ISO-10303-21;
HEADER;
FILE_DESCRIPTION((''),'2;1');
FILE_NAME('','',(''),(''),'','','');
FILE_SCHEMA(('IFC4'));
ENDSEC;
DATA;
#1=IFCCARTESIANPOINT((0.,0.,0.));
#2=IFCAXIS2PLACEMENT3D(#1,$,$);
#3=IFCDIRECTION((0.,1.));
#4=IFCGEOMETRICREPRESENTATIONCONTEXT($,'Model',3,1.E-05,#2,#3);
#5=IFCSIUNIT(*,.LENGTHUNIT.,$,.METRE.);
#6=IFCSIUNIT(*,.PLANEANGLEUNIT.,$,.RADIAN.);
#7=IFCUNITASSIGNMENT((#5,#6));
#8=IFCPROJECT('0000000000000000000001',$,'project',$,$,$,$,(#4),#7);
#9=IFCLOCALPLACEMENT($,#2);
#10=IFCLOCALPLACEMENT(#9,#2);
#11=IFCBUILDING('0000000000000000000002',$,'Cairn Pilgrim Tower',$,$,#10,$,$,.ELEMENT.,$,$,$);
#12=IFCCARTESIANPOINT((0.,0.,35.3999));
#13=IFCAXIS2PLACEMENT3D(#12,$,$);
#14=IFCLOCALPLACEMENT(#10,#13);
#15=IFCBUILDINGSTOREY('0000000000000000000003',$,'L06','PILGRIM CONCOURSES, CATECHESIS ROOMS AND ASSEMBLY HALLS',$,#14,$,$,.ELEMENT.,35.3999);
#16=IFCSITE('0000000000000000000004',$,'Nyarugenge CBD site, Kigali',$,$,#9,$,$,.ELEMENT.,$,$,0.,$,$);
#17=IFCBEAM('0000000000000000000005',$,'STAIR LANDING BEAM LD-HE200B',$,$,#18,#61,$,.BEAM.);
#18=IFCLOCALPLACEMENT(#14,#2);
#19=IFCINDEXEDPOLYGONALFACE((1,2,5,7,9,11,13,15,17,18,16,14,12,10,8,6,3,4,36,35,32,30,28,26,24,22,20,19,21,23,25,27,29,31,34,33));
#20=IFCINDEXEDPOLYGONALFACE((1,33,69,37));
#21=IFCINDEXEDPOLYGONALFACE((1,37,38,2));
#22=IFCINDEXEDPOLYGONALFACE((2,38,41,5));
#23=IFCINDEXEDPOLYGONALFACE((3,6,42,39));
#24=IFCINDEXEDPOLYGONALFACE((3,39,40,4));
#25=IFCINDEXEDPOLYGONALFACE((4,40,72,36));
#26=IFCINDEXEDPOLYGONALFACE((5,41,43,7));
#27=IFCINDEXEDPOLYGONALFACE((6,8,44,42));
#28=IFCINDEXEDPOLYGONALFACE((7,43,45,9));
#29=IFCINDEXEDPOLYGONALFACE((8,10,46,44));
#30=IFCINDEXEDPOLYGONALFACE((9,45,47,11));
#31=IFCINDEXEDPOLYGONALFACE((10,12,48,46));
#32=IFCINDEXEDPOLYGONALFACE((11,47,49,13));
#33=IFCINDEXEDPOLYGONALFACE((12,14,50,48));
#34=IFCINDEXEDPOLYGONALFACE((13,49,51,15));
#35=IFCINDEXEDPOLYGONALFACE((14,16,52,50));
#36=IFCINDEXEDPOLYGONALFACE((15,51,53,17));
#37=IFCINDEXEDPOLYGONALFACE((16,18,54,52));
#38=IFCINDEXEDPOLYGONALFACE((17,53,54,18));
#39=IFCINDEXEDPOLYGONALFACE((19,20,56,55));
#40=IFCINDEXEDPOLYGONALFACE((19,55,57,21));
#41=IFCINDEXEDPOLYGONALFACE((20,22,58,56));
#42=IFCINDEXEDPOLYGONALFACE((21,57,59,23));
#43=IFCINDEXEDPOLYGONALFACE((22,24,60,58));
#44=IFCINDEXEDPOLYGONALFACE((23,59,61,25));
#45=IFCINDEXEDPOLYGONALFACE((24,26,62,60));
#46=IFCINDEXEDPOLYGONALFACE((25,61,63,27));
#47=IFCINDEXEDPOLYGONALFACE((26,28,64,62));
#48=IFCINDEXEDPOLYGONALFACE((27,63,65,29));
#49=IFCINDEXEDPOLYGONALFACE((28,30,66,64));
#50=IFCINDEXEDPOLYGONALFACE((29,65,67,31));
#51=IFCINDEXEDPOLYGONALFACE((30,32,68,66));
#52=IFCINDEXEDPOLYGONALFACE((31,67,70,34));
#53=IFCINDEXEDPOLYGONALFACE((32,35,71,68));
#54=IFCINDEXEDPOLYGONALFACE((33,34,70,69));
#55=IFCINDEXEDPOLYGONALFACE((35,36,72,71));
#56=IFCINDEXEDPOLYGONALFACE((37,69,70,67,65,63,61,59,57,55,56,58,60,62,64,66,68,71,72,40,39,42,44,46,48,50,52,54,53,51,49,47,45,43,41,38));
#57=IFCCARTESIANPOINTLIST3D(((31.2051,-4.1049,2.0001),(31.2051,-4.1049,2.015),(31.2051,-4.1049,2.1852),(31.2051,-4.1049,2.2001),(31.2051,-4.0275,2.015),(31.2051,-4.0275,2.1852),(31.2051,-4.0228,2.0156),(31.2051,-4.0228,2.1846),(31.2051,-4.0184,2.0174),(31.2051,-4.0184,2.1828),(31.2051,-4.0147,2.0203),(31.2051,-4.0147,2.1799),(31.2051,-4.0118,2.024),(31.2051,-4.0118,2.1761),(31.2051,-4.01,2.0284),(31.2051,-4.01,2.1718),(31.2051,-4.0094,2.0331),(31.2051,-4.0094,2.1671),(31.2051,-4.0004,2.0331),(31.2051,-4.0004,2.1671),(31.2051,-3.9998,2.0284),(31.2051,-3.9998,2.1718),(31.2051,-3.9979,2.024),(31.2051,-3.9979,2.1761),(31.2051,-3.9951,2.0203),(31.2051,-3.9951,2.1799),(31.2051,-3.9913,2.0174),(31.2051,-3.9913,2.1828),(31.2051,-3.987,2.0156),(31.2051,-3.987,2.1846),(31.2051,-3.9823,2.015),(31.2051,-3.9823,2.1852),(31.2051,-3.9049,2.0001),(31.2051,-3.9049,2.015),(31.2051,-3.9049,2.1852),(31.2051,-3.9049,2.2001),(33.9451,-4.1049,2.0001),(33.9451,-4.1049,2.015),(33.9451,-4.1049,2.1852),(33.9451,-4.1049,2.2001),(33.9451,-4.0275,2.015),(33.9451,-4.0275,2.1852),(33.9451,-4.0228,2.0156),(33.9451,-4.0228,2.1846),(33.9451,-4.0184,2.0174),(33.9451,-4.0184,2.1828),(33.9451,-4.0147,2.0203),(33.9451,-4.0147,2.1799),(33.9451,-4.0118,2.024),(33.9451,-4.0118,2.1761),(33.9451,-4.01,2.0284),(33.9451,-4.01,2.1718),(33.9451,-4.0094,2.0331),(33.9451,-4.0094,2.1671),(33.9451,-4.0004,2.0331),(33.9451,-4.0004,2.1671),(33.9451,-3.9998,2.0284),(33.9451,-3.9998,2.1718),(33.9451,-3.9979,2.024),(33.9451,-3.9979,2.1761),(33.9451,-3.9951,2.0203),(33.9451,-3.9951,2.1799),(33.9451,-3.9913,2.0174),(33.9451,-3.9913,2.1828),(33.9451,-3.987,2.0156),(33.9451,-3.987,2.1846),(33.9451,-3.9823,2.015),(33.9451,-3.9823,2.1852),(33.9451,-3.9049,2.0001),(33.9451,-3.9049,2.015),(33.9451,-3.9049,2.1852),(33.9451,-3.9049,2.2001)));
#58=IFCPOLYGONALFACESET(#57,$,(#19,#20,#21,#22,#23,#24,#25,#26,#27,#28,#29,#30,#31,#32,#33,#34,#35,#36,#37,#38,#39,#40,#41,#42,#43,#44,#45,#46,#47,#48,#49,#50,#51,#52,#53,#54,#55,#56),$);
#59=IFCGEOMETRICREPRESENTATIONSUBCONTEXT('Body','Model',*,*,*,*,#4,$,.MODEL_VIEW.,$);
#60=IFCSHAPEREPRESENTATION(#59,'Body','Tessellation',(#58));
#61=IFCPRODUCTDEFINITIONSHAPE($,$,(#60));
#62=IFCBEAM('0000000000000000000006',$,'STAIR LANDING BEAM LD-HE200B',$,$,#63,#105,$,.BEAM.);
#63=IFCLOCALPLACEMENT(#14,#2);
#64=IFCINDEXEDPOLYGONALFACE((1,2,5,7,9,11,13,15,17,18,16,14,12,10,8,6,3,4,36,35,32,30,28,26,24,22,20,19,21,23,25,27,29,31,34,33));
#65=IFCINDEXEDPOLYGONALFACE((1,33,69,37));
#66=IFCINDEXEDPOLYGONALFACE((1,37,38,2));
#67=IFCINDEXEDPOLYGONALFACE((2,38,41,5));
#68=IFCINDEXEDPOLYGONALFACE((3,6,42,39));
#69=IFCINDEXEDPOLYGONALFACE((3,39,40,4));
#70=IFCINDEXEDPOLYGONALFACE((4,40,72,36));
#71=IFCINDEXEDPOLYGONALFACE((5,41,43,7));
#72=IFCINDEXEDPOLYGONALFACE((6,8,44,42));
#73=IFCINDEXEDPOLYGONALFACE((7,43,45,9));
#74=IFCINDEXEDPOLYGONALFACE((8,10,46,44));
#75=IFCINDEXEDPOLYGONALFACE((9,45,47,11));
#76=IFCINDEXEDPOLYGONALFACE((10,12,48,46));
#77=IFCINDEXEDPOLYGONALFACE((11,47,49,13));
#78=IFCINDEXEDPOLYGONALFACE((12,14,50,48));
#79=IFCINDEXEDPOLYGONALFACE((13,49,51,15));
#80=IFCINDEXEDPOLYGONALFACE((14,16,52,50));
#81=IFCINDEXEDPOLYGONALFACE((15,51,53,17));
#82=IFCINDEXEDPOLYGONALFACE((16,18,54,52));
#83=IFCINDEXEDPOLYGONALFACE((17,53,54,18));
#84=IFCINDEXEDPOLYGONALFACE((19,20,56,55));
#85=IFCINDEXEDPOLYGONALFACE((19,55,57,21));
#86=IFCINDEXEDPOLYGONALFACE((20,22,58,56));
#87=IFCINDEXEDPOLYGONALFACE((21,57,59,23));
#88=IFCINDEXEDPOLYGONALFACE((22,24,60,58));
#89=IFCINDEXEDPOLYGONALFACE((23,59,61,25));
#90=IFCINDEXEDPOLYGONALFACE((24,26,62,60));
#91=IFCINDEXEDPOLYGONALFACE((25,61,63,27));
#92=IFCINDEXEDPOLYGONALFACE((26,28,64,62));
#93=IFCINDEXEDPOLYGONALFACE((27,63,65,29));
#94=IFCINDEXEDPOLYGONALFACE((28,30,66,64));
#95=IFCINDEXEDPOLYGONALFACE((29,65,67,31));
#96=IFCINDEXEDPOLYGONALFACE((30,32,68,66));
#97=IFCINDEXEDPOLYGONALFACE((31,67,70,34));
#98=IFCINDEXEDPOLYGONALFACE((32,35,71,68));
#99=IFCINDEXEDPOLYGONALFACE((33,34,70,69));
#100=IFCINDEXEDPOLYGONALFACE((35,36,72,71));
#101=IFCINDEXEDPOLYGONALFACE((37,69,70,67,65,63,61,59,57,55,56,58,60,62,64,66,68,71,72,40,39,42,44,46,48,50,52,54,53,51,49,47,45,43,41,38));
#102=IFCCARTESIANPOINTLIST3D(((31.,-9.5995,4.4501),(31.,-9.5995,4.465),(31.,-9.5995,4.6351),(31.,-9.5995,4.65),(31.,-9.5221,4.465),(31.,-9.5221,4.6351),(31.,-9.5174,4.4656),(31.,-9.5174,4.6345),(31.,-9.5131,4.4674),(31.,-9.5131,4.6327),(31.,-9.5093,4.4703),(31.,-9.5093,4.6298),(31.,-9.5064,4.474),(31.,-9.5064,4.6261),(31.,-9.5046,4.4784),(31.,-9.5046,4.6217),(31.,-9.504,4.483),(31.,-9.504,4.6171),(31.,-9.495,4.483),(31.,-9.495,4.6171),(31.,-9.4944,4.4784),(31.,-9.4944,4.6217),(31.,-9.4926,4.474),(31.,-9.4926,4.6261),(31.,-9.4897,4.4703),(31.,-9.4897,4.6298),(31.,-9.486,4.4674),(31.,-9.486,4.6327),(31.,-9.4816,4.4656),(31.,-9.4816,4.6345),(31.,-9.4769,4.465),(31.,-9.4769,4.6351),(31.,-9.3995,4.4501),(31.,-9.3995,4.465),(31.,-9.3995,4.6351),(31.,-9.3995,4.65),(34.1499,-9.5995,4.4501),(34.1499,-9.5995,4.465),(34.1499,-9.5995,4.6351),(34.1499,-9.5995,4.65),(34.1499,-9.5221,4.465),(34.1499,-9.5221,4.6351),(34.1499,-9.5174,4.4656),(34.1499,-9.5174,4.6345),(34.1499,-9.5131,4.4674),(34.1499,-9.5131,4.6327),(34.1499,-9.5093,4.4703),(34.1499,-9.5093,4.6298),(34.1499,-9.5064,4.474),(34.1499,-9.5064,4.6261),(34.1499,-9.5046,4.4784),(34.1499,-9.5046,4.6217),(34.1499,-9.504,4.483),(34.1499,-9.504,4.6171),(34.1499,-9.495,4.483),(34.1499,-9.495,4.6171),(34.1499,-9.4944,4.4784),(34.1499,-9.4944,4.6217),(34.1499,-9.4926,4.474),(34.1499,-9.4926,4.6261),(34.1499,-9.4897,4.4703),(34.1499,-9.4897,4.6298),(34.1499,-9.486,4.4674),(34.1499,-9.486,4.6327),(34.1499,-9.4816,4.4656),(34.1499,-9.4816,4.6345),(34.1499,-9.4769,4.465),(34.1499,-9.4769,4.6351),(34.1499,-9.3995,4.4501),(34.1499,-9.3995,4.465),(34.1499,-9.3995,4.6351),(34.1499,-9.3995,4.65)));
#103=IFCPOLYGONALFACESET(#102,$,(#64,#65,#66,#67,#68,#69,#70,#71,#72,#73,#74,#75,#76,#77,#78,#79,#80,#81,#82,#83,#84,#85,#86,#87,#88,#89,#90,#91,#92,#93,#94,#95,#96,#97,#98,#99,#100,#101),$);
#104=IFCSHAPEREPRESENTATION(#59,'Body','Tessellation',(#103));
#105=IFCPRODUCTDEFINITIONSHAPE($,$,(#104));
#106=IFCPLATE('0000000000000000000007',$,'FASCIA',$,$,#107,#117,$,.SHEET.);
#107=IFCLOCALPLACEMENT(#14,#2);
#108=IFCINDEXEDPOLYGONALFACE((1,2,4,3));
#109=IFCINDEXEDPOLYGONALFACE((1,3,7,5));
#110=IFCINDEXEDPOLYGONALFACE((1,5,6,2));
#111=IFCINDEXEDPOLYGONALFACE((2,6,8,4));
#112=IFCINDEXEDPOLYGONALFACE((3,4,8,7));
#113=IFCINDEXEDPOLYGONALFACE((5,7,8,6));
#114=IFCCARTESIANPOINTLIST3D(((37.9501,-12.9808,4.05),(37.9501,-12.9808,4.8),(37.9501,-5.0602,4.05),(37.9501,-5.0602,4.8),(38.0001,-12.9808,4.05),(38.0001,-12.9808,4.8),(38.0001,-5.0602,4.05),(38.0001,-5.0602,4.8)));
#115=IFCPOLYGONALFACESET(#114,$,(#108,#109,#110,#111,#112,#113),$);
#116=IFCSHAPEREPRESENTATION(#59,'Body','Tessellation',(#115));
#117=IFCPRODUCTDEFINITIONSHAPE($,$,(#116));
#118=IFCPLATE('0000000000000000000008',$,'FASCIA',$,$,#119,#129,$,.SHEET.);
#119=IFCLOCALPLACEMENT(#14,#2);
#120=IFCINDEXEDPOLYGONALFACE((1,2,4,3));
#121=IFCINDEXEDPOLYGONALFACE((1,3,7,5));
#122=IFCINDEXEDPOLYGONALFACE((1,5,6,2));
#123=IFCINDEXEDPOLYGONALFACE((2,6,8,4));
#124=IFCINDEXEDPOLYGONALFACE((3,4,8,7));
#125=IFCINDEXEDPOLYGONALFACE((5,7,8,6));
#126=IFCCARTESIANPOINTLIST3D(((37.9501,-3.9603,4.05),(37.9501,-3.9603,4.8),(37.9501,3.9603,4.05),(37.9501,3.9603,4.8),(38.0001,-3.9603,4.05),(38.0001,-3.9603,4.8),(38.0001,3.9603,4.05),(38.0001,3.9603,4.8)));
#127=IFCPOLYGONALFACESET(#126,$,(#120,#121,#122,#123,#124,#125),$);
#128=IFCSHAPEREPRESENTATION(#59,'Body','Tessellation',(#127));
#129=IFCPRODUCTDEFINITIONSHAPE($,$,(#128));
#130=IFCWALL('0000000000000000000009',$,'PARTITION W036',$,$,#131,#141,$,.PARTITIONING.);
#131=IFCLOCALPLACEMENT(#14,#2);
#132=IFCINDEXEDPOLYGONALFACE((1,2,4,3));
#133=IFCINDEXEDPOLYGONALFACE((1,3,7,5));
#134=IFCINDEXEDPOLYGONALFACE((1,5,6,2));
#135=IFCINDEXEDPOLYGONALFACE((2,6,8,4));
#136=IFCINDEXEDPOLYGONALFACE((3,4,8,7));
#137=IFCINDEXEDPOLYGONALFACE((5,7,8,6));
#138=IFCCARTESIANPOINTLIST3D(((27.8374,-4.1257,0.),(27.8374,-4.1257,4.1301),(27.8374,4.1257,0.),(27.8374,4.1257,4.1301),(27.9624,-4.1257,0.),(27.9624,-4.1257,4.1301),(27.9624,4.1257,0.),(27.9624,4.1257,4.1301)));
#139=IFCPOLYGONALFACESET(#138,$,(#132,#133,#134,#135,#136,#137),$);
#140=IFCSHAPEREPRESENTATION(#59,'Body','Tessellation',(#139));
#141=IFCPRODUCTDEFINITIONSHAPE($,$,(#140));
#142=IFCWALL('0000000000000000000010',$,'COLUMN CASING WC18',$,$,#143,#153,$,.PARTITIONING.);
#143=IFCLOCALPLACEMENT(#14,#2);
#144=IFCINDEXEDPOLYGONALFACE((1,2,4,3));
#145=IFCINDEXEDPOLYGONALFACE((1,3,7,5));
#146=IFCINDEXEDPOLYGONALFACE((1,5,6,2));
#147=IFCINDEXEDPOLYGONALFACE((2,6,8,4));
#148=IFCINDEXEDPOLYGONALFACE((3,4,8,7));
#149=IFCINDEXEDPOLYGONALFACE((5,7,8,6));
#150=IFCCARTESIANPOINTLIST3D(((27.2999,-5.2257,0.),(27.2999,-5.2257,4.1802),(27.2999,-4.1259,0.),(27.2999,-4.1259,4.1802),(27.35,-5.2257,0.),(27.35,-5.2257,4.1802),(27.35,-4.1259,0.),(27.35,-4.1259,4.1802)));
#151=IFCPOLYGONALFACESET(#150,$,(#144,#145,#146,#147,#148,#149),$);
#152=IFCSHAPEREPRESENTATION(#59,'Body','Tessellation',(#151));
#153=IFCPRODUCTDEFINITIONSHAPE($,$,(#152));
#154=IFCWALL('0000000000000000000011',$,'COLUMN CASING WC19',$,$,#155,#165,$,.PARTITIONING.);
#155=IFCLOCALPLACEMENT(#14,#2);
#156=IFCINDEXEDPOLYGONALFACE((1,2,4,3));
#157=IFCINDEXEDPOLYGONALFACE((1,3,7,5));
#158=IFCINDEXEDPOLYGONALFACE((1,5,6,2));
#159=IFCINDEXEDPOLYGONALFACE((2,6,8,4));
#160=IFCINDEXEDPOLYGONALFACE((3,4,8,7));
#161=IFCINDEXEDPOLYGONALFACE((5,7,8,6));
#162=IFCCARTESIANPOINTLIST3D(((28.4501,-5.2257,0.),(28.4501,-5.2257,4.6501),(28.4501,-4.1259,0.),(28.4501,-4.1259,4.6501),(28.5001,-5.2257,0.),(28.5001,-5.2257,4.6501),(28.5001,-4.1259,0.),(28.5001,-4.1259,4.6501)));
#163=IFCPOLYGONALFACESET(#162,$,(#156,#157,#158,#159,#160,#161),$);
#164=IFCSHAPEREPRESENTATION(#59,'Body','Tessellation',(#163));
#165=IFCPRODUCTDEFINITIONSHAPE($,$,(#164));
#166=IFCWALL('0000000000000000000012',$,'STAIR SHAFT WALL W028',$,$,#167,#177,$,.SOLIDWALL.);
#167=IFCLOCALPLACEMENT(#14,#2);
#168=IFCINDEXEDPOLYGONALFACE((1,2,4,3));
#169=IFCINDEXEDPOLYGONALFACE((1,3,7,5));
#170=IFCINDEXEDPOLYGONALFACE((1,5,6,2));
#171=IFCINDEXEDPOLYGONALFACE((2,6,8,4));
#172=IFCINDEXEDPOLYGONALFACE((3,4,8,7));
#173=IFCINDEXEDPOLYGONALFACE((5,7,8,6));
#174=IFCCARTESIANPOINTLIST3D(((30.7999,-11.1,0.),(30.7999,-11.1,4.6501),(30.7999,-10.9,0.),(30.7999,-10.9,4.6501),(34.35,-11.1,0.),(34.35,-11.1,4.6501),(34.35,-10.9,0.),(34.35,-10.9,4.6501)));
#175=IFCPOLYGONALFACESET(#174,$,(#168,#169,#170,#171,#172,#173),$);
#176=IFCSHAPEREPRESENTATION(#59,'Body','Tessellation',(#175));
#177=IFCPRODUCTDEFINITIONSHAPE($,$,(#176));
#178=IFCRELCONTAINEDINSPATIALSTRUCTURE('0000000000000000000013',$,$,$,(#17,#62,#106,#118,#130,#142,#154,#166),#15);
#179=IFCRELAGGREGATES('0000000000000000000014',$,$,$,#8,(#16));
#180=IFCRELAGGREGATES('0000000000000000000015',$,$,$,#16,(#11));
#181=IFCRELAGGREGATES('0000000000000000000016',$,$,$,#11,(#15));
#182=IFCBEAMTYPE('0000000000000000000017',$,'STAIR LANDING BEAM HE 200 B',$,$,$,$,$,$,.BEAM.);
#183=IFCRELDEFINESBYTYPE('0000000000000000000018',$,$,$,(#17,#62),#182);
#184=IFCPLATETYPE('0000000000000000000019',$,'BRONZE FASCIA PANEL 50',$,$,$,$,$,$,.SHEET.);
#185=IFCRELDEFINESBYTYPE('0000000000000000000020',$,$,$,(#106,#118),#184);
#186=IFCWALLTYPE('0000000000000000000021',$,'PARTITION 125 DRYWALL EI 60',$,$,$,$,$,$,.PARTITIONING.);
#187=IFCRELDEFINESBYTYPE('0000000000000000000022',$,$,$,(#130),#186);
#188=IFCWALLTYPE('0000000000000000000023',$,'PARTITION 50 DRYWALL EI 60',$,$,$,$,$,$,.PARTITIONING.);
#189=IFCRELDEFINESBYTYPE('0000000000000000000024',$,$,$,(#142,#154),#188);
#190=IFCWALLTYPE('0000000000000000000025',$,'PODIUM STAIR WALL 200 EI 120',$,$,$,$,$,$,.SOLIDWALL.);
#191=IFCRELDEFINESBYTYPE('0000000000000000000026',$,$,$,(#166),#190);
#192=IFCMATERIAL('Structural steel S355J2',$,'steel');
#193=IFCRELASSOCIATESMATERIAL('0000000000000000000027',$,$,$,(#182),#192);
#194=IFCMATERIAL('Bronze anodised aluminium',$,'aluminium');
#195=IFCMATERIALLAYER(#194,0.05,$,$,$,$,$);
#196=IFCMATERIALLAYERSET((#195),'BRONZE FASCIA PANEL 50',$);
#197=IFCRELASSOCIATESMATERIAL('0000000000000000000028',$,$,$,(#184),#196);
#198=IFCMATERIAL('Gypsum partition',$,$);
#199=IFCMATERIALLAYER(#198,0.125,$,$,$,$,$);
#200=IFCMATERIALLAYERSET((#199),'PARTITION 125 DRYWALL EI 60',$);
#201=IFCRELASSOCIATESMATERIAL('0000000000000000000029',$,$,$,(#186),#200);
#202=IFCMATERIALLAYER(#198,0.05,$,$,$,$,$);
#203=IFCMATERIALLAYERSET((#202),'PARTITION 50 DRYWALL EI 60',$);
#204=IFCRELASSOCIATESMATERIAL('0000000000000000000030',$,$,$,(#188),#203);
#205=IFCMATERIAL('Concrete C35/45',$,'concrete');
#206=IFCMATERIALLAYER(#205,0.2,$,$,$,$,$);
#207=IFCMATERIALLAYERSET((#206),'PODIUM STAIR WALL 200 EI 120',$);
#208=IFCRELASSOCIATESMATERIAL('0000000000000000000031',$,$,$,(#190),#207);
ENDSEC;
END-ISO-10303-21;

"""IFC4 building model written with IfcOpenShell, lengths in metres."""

from ifc_helpers import new_model, si_unit, direction, frame, frame_2d, origin, origin_2d, place, context, subcontext, project, spatial, rectangle, i_section, extrude, material, layer, layer_set, material_profile, profile_set, type_object, element, save


model = new_model("IFC4")

# Units and contexts
model_context = context("Model", 3, precision=1e-05, world=origin(), true_north=direction((0.0, 1.0)))
body_context = subcontext(model_context, "Body", "Model", "MODEL_VIEW")
ifc_project = project(units=[si_unit("LENGTHUNIT", "METRE"), si_unit("PLANEANGLEUNIT", "RADIAN")], contexts=[model_context])

# Site, building, storey
site_placement = place(None, origin())
site = spatial("IfcSite", under=ifc_project, at=site_placement, Name="Nyarugenge CBD site, Kigali", CompositionType="ELEMENT", RefElevation=0.0)
building_placement = place(site_placement, origin())
building = spatial("IfcBuilding", under=site, at=building_placement, Name="Cairn Pilgrim Tower", CompositionType="ELEMENT")
storey_placement = place(building_placement, frame((0.0, 0.0, 35.3999)))
storey = spatial("IfcBuildingStorey", under=building, at=storey_placement, Name="L06", Description="PILGRIM CONCOURSES, CATECHESIS ROOMS AND ASSEMBLY HALLS", CompositionType="ELEMENT", Elevation=35.3999)

# Shared definitions
ifc_material_1 = material(Name="Structural steel S355J2", Category="steel")

# Beams
ifc_material_profile_1 = material_profile(ifc_material_1, i_section(OverallWidth=0.2, OverallDepth=0.2, WebThickness=0.009, FlangeThickness=0.0149, FilletRadius=0.0181, at=origin_2d()), Name="HE 200 B")
ifc_profile_set_1 = profile_set([ifc_material_profile_1], Name="Structural steel S355J2")
beam_type_1 = type_object("IfcBeamType", Name="STAIR LANDING BEAM HE 200 B", PredefinedType="BEAM", material=ifc_profile_set_1)
beam_1_placement = place(storey_placement, frame((31.2051, -4.0049, 2.1001), z_axis=(1.0, 0.0, 0.0), x_axis=(0.0, 1.0, 0.0)))
element("IfcBeam", 1, at=beam_1_placement, inside=storey, type_object=beam_type_1, Name="STAIR LANDING BEAM LD-HE200B", PredefinedType="BEAM", context=body_context, shape_type="SweptSolid", body=[
    extrude(i_section(OverallWidth=0.2, OverallDepth=0.2, WebThickness=0.009, FlangeThickness=0.0149, FilletRadius=0.0181, at=origin_2d()), origin(), (0.0, 0.0, 1.0), 2.74),
])
beam_2_placement = place(storey_placement, frame((31.0, -9.4995, 4.55), z_axis=(1.0, 0.0, 0.0), x_axis=(0.0, 1.0, 0.0)))
element("IfcBeam", 2, at=beam_2_placement, inside=storey, type_object=beam_type_1, Name="STAIR LANDING BEAM LD-HE200B", PredefinedType="BEAM", context=body_context, shape_type="SweptSolid", body=[
    extrude(i_section(OverallWidth=0.2, OverallDepth=0.2, WebThickness=0.009, FlangeThickness=0.0149, FilletRadius=0.0181, at=origin_2d()), origin(), (0.0, 0.0, 1.0), 3.1499),
])

# Plates
ifc_material_2 = material(Name="Bronze anodised aluminium", Category="aluminium")
ifc_layer_1 = layer(ifc_material_2, 0.05)
ifc_layer_set_1 = layer_set([ifc_layer_1], Name="BRONZE FASCIA PANEL 50")
plate_type = type_object("IfcPlateType", Name="BRONZE FASCIA PANEL 50", PredefinedType="SHEET", material=ifc_layer_set_1)
for number, where, z_axis, x_axis, name in (
    (3, (37.9751, -9.0205, 4.05), (0.0, 0.0, 1.0), (0.0, 1.0, 0.0), "FASCIA"),
    (4, (37.9751, 0.0, 4.05), (0.0, 0.0, 1.0), (0.0, 1.0, 0.0), "FASCIA"),
):
    element("IfcPlate", number, at=place(storey_placement, frame(where, z_axis=z_axis, x_axis=x_axis)), inside=storey, type_object=plate_type, Name=name, PredefinedType="SHEET", context=body_context, shape_type="SweptSolid", body=[
        extrude(rectangle(XDim=7.9207, YDim=0.05, at=origin_2d()), origin(), (0.0, 0.0, 1.0), 0.75),
    ])

# Walls
ifc_material_3 = material(Name="Gypsum partition")
ifc_layer_2 = layer(ifc_material_3, 0.125)
ifc_layer_set_2 = layer_set([ifc_layer_2], Name="PARTITION 125 DRYWALL EI 60")
wall_type_1 = type_object("IfcWallType", Name="PARTITION 125 DRYWALL EI 60", PredefinedType="PARTITIONING", material=ifc_layer_set_2)
wall_1_placement = place(storey_placement, frame((27.8999, -4.1257, 0.0), z_axis=(0.0, 0.0, 1.0), x_axis=(0.0, 1.0, 0.0)))
element("IfcWall", 5, at=wall_1_placement, inside=storey, type_object=wall_type_1, Name="PARTITION W036", PredefinedType="PARTITIONING", context=body_context, shape_type="SweptSolid", body=[
    extrude(rectangle(XDim=8.2515, YDim=0.125, at=frame_2d((4.1257, 0.0))), origin(), (0.0, 0.0, 1.0), 4.1301),
])
ifc_layer_3 = layer(ifc_material_3, 0.05)
ifc_layer_set_3 = layer_set([ifc_layer_3], Name="PARTITION 50 DRYWALL EI 60")
wall_type_2 = type_object("IfcWallType", Name="PARTITION 50 DRYWALL EI 60", PredefinedType="PARTITIONING", material=ifc_layer_set_3)
wall_2_placement = place(storey_placement, frame((27.325, -5.2256, 0.0), z_axis=(0.0, 0.0, 1.0), x_axis=(0.0, 1.0, 0.0)))
element("IfcWall", 6, at=wall_2_placement, inside=storey, type_object=wall_type_2, Name="COLUMN CASING WC18", PredefinedType="PARTITIONING", context=body_context, shape_type="SweptSolid", body=[
    extrude(rectangle(XDim=1.0999, YDim=0.05, at=frame_2d((0.5498, 0.0))), origin(), (0.0, 0.0, 1.0), 4.1802),
])
wall_3_placement = place(storey_placement, frame((28.4751, -5.2256, 0.0), z_axis=(0.0, 0.0, 1.0), x_axis=(0.0, 1.0, 0.0)))
element("IfcWall", 7, at=wall_3_placement, inside=storey, type_object=wall_type_2, Name="COLUMN CASING WC19", PredefinedType="PARTITIONING", context=body_context, shape_type="SweptSolid", body=[
    extrude(rectangle(XDim=1.0999, YDim=0.05, at=frame_2d((0.5498, 0.0))), origin(), (0.0, 0.0, 1.0), 4.6501),
])
ifc_material_4 = material(Name="Concrete C35/45", Category="concrete")
ifc_layer_4 = layer(ifc_material_4, 0.2)
ifc_layer_set_4 = layer_set([ifc_layer_4], Name="PODIUM STAIR WALL 200 EI 120")
wall_type_3 = type_object("IfcWallType", Name="PODIUM STAIR WALL 200 EI 120", PredefinedType="SOLIDWALL", material=ifc_layer_set_4)
wall_4_placement = place(storey_placement, frame((30.8, -11.0, 0.0), z_axis=(0.0, 0.0, 1.0), x_axis=(1.0, 0.0, 0.0)))
element("IfcWall", 8, at=wall_4_placement, inside=storey, type_object=wall_type_3, Name="STAIR SHAFT WALL W028", PredefinedType="SOLIDWALL", context=body_context, shape_type="SweptSolid", body=[
    extrude(rectangle(XDim=3.55, YDim=0.2, at=frame_2d((1.7749, 0.0))), origin(), (0.0, 0.0, 1.0), 4.6501),
])

save(model, "model.ifc")
